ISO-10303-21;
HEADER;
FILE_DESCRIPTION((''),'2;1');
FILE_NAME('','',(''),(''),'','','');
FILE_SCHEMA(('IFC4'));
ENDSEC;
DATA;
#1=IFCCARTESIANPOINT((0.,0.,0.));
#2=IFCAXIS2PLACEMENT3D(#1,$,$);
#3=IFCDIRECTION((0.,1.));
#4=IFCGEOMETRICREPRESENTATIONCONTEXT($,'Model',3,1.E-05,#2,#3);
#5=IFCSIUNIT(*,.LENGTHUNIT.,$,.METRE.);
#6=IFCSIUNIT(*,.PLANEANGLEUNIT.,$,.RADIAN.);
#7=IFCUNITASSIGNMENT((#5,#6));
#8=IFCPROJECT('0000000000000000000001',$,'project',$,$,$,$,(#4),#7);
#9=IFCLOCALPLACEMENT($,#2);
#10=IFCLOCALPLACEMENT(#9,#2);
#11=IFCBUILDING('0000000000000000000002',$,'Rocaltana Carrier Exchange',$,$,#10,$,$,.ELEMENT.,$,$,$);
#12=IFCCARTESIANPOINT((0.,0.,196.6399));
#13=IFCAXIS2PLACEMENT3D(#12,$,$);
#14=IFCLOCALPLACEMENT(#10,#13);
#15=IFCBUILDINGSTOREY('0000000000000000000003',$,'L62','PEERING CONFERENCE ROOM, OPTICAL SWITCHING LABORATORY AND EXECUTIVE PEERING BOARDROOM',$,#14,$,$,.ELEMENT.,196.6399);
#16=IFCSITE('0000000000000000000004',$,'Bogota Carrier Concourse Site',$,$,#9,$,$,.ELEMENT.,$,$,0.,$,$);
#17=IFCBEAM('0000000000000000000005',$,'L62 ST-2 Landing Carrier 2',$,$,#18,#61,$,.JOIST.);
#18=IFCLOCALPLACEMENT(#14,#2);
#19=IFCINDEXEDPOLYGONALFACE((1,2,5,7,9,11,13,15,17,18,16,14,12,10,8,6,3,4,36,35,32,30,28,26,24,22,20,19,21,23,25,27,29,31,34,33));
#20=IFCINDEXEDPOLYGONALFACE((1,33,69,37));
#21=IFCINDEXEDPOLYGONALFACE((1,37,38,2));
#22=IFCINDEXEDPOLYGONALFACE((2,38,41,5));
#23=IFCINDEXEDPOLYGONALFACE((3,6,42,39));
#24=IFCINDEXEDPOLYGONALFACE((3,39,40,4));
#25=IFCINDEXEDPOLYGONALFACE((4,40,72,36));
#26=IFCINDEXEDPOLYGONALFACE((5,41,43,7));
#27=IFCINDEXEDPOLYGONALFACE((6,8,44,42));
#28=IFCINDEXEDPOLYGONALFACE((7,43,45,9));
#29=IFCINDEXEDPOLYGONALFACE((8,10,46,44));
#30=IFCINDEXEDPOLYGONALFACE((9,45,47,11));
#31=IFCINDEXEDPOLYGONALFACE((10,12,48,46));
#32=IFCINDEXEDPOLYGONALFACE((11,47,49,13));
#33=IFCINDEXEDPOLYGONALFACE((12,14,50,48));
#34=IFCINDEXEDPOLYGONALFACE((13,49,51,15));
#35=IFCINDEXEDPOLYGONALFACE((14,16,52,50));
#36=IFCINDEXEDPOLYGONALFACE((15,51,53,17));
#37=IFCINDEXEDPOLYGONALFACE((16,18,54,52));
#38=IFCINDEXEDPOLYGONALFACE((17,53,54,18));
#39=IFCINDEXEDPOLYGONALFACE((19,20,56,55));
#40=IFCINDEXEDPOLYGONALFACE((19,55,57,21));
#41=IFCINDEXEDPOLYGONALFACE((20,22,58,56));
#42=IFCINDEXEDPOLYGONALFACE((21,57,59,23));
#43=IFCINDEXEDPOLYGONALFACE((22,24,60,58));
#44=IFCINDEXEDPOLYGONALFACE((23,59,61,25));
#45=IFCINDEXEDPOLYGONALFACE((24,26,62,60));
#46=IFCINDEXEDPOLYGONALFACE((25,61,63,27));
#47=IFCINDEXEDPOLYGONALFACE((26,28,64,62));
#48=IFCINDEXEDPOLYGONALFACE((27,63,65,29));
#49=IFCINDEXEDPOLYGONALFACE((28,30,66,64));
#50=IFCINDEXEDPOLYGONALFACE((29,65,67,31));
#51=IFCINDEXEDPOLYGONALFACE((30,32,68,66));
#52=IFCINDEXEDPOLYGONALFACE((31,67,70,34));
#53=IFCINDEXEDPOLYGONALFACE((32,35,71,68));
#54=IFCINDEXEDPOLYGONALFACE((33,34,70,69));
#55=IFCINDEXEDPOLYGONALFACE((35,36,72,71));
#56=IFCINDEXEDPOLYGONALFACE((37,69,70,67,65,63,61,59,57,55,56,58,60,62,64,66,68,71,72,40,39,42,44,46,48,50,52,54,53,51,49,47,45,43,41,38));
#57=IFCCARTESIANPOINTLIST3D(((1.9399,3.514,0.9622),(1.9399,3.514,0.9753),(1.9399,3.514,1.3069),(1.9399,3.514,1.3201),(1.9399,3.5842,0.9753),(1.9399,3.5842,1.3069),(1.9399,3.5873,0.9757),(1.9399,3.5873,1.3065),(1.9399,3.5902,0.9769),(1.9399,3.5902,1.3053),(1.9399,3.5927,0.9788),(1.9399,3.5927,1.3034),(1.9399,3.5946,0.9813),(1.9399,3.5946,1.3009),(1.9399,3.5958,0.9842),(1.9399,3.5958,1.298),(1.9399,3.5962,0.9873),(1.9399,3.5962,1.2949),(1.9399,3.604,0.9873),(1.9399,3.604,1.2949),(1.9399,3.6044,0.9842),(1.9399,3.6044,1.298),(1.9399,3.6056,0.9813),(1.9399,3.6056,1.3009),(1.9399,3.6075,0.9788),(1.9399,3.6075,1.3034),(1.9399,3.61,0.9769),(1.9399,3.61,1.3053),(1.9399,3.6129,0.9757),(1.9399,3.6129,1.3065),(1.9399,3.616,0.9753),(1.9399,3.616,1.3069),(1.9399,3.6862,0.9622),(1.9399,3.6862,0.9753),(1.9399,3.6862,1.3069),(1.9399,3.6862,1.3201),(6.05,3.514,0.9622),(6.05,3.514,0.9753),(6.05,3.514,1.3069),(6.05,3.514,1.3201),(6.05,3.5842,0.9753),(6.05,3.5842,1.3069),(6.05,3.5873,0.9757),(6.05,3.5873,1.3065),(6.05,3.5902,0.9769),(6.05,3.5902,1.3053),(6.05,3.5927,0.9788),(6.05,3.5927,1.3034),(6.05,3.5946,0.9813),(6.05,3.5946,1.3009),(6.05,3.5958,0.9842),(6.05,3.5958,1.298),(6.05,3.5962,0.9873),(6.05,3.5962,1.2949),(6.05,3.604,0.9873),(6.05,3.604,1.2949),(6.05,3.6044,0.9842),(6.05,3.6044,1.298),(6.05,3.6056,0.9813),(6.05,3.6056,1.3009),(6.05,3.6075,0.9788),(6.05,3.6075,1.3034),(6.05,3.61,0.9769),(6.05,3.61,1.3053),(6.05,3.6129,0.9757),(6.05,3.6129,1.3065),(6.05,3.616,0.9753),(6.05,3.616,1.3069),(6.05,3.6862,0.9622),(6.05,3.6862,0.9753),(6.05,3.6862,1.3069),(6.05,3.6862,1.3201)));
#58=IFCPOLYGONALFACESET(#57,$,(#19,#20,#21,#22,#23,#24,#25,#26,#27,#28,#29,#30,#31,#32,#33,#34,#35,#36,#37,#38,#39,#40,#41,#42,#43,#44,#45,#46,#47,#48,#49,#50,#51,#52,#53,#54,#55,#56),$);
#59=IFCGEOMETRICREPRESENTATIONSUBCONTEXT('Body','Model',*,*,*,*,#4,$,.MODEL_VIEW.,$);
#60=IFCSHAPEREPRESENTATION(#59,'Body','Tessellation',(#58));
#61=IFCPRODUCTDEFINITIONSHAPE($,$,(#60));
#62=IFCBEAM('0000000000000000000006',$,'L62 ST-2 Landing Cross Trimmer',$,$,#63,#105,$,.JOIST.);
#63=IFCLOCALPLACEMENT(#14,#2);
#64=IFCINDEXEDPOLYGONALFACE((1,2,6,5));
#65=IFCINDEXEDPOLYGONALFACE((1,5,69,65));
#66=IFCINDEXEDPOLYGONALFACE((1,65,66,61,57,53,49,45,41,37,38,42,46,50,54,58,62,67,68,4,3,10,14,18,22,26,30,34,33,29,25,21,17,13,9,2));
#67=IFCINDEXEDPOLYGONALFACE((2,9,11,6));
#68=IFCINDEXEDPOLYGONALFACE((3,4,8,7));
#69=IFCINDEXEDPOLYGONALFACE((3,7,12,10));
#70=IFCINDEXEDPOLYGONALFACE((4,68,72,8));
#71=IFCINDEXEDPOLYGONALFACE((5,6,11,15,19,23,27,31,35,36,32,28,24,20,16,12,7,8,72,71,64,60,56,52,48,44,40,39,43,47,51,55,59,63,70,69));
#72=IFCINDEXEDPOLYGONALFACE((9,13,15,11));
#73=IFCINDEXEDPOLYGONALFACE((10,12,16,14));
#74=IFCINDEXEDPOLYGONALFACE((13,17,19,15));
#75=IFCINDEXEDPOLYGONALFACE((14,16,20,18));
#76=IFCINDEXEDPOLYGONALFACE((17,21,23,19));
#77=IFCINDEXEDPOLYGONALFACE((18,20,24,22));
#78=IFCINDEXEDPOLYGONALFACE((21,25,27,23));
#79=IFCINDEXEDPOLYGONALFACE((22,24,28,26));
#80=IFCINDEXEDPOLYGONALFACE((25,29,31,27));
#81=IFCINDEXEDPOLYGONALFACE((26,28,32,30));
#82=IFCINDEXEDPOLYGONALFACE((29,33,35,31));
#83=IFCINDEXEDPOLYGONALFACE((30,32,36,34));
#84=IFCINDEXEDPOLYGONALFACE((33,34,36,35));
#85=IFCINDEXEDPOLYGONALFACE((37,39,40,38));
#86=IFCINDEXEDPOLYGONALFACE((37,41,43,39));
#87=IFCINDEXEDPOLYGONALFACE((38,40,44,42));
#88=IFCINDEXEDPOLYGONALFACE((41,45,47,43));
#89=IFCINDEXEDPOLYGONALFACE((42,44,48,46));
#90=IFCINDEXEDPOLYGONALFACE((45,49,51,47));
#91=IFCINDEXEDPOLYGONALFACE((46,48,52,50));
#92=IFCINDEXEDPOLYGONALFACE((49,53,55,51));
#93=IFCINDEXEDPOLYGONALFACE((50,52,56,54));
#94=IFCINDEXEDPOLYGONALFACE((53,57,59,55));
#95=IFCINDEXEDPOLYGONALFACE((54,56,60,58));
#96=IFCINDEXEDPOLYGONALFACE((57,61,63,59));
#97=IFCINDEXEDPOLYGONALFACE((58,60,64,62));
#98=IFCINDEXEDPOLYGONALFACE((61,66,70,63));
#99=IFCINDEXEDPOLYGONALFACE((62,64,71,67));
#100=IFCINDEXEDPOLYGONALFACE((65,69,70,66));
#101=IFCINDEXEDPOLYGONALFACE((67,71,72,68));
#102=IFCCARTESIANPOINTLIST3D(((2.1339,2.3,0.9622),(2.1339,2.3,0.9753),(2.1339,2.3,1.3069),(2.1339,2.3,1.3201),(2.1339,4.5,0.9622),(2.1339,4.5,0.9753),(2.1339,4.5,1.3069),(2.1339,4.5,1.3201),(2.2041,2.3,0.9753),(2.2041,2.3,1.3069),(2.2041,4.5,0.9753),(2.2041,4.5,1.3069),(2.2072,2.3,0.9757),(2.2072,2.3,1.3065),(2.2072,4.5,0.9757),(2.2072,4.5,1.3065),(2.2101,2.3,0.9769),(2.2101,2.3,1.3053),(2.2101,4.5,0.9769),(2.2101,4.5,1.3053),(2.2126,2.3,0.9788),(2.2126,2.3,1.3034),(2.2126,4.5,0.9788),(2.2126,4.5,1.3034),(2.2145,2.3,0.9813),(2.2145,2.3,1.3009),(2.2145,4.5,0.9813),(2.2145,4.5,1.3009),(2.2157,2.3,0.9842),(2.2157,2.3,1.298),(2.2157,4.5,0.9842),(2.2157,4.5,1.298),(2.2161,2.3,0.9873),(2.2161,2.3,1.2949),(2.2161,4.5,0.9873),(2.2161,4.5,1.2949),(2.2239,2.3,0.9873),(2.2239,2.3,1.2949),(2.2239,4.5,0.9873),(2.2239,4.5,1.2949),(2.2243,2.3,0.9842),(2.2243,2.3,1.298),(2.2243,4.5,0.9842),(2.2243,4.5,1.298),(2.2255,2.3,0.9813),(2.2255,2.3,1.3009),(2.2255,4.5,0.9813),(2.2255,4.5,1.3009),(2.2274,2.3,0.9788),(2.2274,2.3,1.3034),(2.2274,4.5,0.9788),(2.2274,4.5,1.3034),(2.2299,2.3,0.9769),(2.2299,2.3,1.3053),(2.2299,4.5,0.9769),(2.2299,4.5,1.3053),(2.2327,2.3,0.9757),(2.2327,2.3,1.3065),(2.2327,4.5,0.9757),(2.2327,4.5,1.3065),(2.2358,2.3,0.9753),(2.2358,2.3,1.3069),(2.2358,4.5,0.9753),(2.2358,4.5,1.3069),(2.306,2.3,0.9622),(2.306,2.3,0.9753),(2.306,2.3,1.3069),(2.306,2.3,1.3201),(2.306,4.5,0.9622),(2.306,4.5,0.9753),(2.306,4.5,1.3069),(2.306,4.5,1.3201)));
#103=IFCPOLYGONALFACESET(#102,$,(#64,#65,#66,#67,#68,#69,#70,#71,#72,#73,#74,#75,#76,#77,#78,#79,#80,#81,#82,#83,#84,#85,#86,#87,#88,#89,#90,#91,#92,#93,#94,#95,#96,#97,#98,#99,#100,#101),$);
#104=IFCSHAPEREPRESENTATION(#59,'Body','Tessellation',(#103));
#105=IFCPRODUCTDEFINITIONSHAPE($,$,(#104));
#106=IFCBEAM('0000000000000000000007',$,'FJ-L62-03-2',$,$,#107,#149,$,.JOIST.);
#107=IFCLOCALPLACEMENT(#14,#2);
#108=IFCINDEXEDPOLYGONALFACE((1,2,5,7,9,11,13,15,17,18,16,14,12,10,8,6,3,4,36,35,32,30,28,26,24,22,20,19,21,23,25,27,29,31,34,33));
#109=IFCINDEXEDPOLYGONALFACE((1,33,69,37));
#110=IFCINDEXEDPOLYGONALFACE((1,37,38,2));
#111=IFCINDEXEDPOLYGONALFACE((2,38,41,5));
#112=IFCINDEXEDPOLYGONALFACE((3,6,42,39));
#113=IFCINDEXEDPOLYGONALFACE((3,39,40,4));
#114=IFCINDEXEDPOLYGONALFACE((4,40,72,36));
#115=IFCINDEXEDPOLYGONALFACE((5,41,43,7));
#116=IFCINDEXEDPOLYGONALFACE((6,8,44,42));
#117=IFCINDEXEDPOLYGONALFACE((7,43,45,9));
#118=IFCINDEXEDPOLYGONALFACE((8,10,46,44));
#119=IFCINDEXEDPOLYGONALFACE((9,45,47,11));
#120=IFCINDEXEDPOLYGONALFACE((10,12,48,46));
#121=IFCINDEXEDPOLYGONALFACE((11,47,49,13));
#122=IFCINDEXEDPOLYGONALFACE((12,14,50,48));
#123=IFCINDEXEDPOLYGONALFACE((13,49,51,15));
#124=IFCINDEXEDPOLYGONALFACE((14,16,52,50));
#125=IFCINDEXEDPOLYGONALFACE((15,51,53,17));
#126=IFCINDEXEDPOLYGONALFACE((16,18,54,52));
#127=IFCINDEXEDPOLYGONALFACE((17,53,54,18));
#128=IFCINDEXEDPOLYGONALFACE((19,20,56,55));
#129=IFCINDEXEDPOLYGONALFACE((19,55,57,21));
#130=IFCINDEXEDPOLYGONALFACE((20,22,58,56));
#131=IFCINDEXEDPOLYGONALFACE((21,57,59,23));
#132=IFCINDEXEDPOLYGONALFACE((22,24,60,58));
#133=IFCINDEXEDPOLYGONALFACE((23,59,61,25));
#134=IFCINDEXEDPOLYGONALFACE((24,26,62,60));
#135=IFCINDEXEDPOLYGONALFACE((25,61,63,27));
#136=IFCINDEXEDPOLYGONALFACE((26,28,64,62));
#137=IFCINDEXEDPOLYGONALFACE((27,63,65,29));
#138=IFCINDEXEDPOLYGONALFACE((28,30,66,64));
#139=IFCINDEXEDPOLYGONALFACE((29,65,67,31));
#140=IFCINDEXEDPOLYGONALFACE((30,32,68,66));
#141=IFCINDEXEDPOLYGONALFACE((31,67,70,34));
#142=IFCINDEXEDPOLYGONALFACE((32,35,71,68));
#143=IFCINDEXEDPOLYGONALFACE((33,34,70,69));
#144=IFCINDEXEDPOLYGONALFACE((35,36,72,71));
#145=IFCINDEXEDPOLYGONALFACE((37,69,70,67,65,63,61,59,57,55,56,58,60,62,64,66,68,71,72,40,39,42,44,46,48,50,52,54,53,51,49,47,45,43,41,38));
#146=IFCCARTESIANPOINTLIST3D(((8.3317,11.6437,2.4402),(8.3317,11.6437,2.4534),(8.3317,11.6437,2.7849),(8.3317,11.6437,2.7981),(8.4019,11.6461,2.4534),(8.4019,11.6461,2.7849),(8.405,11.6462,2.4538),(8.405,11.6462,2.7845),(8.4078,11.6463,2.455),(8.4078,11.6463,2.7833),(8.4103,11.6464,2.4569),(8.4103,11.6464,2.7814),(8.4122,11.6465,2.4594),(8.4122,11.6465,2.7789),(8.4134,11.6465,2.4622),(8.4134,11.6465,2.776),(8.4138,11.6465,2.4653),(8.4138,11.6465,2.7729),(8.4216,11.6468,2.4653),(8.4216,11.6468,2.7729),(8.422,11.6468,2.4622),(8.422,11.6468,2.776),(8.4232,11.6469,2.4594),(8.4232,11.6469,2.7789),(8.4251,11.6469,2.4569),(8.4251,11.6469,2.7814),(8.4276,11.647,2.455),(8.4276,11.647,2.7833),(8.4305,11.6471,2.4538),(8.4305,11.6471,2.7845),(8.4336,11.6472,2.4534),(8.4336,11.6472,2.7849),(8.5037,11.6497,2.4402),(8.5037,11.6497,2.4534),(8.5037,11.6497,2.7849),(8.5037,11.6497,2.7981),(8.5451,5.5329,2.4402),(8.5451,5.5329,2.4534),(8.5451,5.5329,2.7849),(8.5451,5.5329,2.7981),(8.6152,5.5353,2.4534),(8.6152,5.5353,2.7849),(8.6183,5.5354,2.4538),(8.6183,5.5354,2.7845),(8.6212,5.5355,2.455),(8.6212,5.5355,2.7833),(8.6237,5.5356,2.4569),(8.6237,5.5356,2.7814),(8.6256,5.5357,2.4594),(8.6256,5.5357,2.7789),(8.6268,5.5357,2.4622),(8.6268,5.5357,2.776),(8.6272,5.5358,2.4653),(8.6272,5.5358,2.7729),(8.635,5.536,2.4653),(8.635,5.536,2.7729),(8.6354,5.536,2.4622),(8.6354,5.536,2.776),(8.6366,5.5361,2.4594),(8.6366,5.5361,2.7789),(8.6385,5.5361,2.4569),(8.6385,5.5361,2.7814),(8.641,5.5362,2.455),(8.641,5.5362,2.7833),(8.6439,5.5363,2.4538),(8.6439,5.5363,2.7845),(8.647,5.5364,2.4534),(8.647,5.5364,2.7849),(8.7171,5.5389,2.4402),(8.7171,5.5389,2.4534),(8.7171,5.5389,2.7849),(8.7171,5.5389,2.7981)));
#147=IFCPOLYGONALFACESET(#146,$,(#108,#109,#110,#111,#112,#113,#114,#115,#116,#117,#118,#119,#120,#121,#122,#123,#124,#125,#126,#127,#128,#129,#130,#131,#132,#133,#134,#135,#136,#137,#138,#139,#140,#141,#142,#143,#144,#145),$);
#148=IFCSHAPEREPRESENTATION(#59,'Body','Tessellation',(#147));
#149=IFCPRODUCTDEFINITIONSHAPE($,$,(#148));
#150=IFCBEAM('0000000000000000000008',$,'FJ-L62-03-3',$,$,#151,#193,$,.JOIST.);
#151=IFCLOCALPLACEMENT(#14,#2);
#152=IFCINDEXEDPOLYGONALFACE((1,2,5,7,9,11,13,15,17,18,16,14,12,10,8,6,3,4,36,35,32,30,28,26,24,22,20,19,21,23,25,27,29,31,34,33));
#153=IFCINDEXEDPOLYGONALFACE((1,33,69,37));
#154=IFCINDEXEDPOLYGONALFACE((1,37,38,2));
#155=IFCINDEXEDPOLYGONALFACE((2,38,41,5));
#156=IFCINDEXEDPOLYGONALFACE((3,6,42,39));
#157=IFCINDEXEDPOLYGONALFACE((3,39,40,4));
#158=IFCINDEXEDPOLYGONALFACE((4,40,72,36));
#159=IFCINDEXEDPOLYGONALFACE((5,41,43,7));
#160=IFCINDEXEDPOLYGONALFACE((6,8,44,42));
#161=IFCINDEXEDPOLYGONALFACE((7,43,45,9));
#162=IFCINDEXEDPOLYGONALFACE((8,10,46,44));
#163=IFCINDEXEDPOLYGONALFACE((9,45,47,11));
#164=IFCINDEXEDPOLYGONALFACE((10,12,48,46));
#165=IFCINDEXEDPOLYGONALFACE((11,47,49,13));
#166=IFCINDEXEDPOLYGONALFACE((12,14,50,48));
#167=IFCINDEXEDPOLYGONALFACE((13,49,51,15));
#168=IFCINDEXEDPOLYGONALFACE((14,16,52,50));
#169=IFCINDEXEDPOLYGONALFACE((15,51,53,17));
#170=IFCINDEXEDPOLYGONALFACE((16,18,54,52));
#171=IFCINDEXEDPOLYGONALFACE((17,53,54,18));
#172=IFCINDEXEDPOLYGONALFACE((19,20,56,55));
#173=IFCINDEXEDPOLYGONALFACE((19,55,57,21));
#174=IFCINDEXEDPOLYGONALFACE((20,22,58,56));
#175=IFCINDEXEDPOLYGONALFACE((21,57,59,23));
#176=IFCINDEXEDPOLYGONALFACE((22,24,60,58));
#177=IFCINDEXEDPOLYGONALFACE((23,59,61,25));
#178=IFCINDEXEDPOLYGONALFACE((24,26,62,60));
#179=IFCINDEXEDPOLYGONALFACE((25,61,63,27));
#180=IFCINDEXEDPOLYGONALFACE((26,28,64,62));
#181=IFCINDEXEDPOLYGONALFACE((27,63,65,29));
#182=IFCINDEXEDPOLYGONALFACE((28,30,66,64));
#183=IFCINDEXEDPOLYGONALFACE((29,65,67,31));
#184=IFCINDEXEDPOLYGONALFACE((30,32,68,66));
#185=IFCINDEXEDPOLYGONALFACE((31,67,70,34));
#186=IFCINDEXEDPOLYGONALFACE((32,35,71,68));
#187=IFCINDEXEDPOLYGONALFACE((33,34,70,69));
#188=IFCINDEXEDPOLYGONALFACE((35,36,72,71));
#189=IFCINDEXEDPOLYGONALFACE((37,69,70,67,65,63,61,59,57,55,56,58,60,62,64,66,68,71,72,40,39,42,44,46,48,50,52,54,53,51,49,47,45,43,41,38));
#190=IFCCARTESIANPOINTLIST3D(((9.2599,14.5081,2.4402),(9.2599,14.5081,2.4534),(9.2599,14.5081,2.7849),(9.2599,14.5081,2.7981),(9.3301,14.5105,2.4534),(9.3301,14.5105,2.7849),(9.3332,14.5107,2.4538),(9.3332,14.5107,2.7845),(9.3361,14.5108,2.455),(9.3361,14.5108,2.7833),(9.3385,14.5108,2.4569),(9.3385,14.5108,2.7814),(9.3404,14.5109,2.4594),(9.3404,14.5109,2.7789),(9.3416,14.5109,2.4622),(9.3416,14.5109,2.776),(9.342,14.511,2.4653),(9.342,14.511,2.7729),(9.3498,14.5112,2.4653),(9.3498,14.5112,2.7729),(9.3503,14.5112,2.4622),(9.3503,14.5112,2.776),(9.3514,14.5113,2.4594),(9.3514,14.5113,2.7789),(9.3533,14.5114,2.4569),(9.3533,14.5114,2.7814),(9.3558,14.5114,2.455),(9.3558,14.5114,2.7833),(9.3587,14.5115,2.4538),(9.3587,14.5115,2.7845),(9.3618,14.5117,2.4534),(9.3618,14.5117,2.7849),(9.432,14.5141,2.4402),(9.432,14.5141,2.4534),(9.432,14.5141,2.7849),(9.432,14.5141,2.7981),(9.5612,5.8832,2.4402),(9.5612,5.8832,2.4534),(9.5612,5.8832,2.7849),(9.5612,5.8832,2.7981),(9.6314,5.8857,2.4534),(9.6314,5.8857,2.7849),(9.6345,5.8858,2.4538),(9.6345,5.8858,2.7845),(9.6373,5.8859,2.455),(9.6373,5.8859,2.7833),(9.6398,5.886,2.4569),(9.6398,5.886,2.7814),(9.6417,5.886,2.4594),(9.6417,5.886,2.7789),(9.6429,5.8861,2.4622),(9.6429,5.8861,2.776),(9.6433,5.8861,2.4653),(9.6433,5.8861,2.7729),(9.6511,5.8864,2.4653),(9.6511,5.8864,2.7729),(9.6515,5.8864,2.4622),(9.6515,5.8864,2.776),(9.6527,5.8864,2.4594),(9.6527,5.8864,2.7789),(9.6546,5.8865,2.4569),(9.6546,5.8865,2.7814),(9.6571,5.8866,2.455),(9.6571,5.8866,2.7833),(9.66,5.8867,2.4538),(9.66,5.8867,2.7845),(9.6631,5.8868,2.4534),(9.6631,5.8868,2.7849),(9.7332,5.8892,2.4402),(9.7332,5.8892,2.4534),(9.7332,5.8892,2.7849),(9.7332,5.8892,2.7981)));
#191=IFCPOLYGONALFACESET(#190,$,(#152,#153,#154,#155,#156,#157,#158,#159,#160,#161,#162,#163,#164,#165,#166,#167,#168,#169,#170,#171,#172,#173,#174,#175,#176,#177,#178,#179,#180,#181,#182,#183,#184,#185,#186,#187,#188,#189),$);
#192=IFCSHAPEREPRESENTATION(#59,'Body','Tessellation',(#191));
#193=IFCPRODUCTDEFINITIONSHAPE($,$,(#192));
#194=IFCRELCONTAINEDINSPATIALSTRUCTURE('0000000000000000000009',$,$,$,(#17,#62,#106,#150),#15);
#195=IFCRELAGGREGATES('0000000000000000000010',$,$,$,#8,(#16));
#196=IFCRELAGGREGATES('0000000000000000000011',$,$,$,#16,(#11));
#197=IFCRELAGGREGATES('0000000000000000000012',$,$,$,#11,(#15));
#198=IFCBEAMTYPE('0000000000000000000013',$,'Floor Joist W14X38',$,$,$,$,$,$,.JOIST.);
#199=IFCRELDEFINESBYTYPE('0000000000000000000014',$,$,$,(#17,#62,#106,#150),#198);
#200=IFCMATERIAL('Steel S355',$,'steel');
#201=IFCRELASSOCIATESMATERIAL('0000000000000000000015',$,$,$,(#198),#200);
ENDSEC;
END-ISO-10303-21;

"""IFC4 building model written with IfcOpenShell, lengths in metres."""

from ifc_helpers import new_model, si_unit, direction, frame, origin, origin_2d, place, context, subcontext, project, spatial, i_section, extrude, material, material_profile, profile_set, type_object, element, save


model = new_model("IFC4")

# Units and contexts
model_context = context("Model", 3, precision=1e-05, world=origin(), true_north=direction((0.0, 1.0)))
body_context = subcontext(model_context, "Body", "Model", "MODEL_VIEW")
ifc_project = project(units=[si_unit("LENGTHUNIT", "METRE"), si_unit("PLANEANGLEUNIT", "RADIAN")], contexts=[model_context])

# Site, building, storey
site_placement = place(None, origin())
site = spatial("IfcSite", under=ifc_project, at=site_placement, Name="Bogota Carrier Concourse Site", CompositionType="ELEMENT", RefElevation=0.0)
building_placement = place(site_placement, origin())
building = spatial("IfcBuilding", under=site, at=building_placement, Name="Rocaltana Carrier Exchange", CompositionType="ELEMENT")
storey_placement = place(building_placement, frame((0.0, 0.0, 196.6399)))
storey = spatial("IfcBuildingStorey", under=building, at=storey_placement, Name="L62", Description="PEERING CONFERENCE ROOM, OPTICAL SWITCHING LABORATORY AND EXECUTIVE PEERING BOARDROOM", CompositionType="ELEMENT", Elevation=196.6399)

# Beams
ifc_material_1 = material(Name="Steel S355", Category="steel")
ifc_material_profile_1 = material_profile(ifc_material_1, i_section(OverallWidth=0.1721, OverallDepth=0.3579, WebThickness=0.0078, FlangeThickness=0.0132, FilletRadius=0.012, at=origin_2d()), Name="W14X38")
ifc_profile_set_1 = profile_set([ifc_material_profile_1], Name="Steel S355")
beam_type_1 = type_object("IfcBeamType", Name="Floor Joist W14X38", PredefinedType="JOIST", material=ifc_profile_set_1)
for number, where, z_axis, x_axis, name in (
    (1, (1.9399, 3.6001, 1.1411), (1.0, 0.0, 0.0), (0.0, 1.0, 0.0), "L62 ST-2 Landing Carrier 2"),
):
    element("IfcBeam", number, at=place(storey_placement, frame(where, z_axis=z_axis, x_axis=x_axis)), inside=storey, type_object=beam_type_1, Name=name, PredefinedType="JOIST", context=body_context, shape_type="SweptSolid", body=[
        extrude(i_section(OverallWidth=0.1721, OverallDepth=0.3579, WebThickness=0.0078, FlangeThickness=0.0132, FilletRadius=0.012, at=origin_2d()), origin(), (0.0, 0.0, 1.0), 4.1101),
    ])
beam_1_placement = place(storey_placement, frame((2.22, 2.3, 1.1411), z_axis=(0.0, 1.0, 0.0), x_axis=(-1.0, 0.0, 0.0)))
element("IfcBeam", 2, at=beam_1_placement, inside=storey, type_object=beam_type_1, Name="L62 ST-2 Landing Cross Trimmer", PredefinedType="JOIST", context=body_context, shape_type="SweptSolid", body=[
    extrude(i_section(OverallWidth=0.1721, OverallDepth=0.3579, WebThickness=0.0078, FlangeThickness=0.0132, FilletRadius=0.012, at=origin_2d()), origin(), (0.0, 0.0, 1.0), 2.2),
])
beam_2_placement = place(storey_placement, frame((8.6311, 5.5359, 2.6191), z_axis=(-0.034897, 0.999391, 0.0), x_axis=(-0.999391, -0.034897, 0.0)))
element("IfcBeam", 3, at=beam_2_placement, inside=storey, type_object=beam_type_1, Name="FJ-L62-03-2", PredefinedType="JOIST", context=body_context, shape_type="SweptSolid", body=[
    extrude(i_section(OverallWidth=0.1721, OverallDepth=0.3579, WebThickness=0.0078, FlangeThickness=0.0132, FilletRadius=0.012, at=origin_2d()), origin(), (0.0, 0.0, 1.0), 6.1145),
])
beam_3_placement = place(storey_placement, frame((9.6472, 5.8862, 2.6191), z_axis=(-0.034909, 0.99939, 0.0), x_axis=(-0.99939, -0.034909, 0.0)))
element("IfcBeam", 4, at=beam_3_placement, inside=storey, type_object=beam_type_1, Name="FJ-L62-03-3", PredefinedType="JOIST", context=body_context, shape_type="SweptSolid", body=[
    extrude(i_section(OverallWidth=0.1721, OverallDepth=0.3579, WebThickness=0.0078, FlangeThickness=0.0132, FilletRadius=0.012, at=origin_2d()), origin(), (0.0, 0.0, 1.0), 8.6301),
])

save(model, "model.ifc")
